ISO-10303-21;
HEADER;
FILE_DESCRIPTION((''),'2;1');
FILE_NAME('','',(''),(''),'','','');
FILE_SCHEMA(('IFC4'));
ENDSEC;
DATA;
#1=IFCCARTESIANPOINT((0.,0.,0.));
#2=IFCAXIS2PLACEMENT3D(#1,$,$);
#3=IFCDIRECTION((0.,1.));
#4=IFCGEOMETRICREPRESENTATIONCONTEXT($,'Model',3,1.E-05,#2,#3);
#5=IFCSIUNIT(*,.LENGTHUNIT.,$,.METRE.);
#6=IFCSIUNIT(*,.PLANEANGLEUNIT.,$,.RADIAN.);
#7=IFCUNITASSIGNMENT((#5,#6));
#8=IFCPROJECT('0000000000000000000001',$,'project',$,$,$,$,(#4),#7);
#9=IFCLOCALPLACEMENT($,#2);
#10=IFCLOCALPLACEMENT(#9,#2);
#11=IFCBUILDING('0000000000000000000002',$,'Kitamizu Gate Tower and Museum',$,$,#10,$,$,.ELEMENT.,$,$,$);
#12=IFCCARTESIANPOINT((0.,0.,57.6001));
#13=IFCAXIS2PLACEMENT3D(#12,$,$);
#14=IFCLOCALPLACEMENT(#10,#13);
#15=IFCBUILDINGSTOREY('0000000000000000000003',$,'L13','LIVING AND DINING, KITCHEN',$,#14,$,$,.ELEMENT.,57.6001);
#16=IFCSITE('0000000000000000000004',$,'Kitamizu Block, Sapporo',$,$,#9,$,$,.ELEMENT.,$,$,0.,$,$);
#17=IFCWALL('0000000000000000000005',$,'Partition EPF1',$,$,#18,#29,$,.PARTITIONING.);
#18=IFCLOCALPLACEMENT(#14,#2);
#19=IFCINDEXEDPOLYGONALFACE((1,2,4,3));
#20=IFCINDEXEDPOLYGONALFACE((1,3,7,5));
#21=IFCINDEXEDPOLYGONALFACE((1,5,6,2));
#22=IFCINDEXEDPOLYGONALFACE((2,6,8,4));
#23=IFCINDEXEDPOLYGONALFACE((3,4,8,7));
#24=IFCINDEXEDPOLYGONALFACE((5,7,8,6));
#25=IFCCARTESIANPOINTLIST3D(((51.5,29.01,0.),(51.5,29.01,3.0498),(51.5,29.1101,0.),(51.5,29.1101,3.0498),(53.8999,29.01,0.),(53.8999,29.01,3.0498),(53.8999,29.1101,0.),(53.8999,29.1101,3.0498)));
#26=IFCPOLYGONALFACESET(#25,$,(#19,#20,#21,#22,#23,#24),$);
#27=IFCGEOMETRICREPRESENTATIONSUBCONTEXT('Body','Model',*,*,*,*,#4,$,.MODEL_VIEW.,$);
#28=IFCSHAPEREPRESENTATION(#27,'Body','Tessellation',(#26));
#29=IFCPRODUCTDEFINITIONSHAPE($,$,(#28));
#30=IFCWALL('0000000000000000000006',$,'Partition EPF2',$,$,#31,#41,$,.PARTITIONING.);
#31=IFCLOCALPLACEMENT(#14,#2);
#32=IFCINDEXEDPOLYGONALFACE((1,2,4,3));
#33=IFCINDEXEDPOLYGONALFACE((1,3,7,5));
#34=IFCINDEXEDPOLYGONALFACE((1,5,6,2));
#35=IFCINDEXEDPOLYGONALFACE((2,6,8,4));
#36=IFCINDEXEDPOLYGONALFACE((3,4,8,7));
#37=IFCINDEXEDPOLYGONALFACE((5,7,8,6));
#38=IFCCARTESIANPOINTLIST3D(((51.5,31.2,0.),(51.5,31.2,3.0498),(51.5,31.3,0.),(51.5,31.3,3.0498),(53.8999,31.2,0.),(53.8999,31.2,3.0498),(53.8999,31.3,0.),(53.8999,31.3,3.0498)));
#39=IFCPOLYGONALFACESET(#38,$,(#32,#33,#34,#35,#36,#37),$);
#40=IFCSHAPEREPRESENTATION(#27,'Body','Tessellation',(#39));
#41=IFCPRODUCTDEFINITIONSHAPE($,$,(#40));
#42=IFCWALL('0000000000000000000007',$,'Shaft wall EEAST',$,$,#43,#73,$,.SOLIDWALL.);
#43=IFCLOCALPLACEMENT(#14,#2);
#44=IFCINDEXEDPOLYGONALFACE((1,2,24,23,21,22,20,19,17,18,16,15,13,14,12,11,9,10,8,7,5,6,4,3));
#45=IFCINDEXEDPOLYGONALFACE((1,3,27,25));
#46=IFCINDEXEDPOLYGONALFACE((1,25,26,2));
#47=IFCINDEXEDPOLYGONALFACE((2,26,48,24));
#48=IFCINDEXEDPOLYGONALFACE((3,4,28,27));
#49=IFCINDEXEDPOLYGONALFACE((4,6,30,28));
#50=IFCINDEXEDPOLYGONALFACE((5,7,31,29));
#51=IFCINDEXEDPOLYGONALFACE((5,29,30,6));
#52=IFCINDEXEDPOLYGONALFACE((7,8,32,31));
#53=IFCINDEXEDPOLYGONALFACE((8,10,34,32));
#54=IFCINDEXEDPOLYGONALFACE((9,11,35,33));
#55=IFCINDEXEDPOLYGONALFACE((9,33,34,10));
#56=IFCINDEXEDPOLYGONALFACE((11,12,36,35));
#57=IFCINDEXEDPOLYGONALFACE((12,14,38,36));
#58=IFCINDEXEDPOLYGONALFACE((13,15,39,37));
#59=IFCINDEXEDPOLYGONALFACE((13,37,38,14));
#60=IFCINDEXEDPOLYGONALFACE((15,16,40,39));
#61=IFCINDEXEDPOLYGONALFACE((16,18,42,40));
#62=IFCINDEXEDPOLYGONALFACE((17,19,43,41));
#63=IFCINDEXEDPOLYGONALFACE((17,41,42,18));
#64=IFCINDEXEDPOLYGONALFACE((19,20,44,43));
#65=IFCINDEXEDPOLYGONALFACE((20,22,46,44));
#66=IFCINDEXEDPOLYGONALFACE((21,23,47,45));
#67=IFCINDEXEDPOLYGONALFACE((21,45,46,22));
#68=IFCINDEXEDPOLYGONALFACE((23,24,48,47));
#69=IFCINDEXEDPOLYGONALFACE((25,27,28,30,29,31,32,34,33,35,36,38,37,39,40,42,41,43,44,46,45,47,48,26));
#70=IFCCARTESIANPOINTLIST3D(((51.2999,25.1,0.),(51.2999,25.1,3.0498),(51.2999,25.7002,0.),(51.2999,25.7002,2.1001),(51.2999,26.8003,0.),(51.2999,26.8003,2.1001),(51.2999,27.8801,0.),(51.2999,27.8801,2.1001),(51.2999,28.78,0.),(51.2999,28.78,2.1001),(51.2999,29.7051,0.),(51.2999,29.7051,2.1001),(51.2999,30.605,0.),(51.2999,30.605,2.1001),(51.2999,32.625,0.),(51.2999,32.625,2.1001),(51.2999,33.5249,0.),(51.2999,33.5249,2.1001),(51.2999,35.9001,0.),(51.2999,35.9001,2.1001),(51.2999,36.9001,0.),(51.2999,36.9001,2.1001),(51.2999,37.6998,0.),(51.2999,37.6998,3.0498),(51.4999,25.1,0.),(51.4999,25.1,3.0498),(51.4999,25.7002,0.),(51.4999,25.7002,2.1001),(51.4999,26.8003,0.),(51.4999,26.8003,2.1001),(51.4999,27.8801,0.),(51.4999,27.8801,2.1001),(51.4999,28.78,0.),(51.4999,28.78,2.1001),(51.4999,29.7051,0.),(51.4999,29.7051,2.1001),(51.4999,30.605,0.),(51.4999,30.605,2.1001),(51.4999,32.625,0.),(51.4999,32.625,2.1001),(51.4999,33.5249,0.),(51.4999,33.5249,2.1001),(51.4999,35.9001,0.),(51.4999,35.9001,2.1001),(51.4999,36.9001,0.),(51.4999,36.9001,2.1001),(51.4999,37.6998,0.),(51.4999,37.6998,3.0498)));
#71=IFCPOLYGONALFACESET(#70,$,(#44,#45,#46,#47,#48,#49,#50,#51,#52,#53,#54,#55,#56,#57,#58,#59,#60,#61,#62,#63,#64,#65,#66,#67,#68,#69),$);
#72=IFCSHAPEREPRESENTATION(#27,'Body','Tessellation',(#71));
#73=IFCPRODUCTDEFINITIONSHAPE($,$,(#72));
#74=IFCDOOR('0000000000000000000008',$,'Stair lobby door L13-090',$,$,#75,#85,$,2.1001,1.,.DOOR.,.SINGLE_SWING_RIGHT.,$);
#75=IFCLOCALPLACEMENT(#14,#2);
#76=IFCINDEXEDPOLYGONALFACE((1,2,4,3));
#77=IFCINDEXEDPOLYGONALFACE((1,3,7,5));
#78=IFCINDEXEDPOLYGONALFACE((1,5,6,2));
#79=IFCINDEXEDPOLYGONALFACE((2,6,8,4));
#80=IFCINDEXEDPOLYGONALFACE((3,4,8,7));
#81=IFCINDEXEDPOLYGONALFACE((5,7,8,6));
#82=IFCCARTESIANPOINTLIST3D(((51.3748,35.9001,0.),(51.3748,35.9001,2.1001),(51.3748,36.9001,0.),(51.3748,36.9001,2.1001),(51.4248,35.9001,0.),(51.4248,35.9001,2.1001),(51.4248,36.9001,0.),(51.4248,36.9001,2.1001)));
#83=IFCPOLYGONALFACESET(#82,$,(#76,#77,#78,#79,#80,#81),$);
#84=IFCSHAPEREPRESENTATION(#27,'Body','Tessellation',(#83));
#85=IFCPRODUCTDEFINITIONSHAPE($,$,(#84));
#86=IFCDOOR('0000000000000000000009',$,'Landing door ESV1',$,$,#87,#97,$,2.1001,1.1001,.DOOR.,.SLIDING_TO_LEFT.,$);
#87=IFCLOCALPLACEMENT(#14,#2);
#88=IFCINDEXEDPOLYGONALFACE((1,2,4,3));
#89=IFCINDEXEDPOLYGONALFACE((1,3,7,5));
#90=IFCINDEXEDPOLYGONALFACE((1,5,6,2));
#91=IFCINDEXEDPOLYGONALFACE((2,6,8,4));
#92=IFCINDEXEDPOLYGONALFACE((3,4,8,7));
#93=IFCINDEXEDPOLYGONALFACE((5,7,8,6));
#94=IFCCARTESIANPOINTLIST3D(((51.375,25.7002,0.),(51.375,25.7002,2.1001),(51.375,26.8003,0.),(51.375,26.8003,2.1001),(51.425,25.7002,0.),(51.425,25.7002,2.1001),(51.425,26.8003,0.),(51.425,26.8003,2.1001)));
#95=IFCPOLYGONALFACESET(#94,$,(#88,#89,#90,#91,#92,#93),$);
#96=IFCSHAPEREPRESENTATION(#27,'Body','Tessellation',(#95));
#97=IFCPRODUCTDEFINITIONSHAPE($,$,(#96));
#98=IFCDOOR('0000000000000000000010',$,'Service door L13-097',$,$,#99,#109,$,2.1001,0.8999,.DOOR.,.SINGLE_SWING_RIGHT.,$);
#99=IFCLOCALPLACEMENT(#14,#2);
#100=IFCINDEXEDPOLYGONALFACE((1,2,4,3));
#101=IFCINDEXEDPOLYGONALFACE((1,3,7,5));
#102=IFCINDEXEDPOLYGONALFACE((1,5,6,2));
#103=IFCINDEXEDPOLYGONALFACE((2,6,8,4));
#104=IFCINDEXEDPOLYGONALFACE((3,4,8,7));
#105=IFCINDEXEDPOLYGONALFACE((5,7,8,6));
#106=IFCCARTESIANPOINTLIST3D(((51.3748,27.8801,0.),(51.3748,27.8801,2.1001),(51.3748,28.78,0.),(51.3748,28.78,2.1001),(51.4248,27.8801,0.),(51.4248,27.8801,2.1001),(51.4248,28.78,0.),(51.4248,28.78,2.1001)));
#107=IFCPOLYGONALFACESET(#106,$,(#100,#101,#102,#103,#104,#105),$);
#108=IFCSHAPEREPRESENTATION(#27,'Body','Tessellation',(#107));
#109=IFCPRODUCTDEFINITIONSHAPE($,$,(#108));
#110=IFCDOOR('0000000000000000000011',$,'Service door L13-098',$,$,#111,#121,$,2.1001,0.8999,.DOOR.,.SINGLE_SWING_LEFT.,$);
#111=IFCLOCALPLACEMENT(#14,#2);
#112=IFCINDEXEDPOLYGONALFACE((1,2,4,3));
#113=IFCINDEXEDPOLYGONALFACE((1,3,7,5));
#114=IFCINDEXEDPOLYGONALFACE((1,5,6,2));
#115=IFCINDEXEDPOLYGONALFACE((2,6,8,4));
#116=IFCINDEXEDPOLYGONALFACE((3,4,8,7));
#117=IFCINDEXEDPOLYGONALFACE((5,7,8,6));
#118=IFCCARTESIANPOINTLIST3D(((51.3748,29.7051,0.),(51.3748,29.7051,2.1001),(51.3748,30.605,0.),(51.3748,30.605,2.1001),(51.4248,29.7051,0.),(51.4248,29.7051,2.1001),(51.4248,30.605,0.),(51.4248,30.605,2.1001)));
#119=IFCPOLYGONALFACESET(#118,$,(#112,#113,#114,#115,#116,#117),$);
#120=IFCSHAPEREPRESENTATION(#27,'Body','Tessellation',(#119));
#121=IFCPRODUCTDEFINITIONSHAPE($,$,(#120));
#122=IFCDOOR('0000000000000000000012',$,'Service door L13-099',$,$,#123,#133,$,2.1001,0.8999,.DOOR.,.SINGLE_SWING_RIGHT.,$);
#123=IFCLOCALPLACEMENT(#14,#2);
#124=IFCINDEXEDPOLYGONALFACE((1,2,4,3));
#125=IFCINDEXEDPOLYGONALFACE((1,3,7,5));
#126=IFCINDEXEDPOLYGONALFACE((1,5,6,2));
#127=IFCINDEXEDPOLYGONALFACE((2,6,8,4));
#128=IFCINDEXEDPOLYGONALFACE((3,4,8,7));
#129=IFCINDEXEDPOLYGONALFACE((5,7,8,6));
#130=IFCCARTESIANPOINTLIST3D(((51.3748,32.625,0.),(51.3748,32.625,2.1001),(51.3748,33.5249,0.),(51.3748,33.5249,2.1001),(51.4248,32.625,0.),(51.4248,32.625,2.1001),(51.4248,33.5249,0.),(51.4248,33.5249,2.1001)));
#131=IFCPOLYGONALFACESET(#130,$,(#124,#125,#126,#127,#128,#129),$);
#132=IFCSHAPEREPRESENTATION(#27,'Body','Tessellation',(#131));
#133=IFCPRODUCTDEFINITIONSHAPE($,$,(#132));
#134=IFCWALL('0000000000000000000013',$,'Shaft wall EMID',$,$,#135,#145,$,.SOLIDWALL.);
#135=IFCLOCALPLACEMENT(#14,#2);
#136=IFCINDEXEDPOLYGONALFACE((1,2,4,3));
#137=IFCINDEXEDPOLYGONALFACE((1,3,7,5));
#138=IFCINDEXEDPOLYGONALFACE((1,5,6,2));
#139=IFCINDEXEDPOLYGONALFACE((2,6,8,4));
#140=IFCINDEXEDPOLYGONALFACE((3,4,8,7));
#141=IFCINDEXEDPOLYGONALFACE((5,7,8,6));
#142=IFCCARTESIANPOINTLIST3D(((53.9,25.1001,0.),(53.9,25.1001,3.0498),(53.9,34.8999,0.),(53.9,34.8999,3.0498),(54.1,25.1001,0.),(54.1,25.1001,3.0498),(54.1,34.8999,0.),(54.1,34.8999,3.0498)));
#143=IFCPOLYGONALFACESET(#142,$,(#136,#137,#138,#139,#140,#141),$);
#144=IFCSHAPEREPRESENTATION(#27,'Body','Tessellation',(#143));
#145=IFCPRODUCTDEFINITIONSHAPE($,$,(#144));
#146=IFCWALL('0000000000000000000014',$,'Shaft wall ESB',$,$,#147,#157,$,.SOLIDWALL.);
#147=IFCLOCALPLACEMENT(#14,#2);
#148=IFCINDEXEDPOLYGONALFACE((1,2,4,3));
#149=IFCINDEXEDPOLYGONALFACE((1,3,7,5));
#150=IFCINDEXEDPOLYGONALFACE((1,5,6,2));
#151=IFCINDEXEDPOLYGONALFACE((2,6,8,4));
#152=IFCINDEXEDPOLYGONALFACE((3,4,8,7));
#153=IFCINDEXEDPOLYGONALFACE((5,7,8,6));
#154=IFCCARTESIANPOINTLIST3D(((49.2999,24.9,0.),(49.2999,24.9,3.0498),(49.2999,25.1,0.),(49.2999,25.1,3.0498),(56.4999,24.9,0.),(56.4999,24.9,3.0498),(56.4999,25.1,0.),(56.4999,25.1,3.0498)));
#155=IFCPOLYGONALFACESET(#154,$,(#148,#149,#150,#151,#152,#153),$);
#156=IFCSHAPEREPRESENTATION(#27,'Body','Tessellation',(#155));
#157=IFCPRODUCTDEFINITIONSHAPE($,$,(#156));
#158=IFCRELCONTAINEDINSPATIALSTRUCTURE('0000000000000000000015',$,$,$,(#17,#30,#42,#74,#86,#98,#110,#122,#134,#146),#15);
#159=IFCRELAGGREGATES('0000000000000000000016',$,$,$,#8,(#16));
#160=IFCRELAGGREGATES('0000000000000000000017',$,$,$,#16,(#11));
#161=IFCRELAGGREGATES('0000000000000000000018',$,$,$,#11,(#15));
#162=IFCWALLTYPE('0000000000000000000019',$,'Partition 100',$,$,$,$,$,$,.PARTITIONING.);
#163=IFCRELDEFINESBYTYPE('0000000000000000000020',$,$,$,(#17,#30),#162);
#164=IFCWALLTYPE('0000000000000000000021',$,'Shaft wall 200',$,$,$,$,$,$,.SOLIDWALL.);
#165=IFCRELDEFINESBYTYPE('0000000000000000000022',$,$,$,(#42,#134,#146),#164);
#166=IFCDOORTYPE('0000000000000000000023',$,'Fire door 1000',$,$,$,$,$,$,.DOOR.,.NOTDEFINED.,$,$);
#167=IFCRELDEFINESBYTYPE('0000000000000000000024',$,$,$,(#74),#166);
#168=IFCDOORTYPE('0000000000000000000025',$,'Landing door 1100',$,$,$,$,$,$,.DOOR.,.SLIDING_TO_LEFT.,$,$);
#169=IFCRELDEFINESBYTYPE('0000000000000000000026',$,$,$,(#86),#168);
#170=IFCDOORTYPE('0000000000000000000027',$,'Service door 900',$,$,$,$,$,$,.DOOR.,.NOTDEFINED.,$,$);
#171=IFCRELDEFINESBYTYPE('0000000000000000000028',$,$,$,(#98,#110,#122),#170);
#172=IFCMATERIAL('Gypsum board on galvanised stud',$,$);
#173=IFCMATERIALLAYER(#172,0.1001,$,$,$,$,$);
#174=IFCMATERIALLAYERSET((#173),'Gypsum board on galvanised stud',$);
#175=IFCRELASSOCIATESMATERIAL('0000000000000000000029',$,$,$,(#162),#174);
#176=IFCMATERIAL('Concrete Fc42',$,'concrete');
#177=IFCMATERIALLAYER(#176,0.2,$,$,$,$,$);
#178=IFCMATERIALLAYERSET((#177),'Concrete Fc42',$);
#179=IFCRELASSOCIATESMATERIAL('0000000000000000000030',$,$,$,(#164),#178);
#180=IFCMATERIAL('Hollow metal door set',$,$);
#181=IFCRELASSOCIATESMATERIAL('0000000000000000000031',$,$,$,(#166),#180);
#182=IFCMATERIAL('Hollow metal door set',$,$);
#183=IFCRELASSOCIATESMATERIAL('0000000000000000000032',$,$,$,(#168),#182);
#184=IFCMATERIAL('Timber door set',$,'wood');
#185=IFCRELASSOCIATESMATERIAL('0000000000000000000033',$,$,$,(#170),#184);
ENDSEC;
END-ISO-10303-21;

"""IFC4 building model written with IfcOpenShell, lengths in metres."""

from ifc_helpers import new_model, si_unit, direction, frame, frame_2d, origin, place, context, subcontext, project, spatial, rectangle, extrude, material, layer, layer_set, type_object, element, fill, save


model = new_model("IFC4")

# Units and contexts
model_context = context("Model", 3, precision=1e-05, world=origin(), true_north=direction((0.0, 1.0)))
body_context = subcontext(model_context, "Body", "Model", "MODEL_VIEW")
ifc_project = project(units=[si_unit("LENGTHUNIT", "METRE"), si_unit("PLANEANGLEUNIT", "RADIAN")], contexts=[model_context])

# Site, building, storey
site_placement = place(None, origin())
site = spatial("IfcSite", under=ifc_project, at=site_placement, Name="Kitamizu Block, Sapporo", CompositionType="ELEMENT", RefElevation=0.0)
building_placement = place(site_placement, origin())
building = spatial("IfcBuilding", under=site, at=building_placement, Name="Kitamizu Gate Tower and Museum", CompositionType="ELEMENT")
storey_placement = place(building_placement, frame((0.0, 0.0, 57.6001)))
storey = spatial("IfcBuildingStorey", under=building, at=storey_placement, Name="L13", Description="LIVING AND DINING, KITCHEN", CompositionType="ELEMENT", Elevation=57.6001)

# Walls
ifc_material_1 = material(Name="Gypsum board on galvanised stud")
ifc_layer_1 = layer(ifc_material_1, 0.1001)
ifc_layer_set_1 = layer_set([ifc_layer_1], Name="Gypsum board on galvanised stud")
wall_type_1 = type_object("IfcWallType", Name="Partition 100", PredefinedType="PARTITIONING", material=ifc_layer_set_1)
for number, where, z_axis, x_axis, name in (
    (1, (53.8999, 29.0601, 0.0), (0.0, 0.0, 1.0), (-1.0, 0.0, 0.0), "Partition EPF1"),
    (2, (53.8999, 31.25, 0.0), (0.0, 0.0, 1.0), (-1.0, 0.0, 0.0), "Partition EPF2"),
):
    element("IfcWall", number, at=place(storey_placement, frame(where, z_axis=z_axis, x_axis=x_axis)), inside=storey, type_object=wall_type_1, Name=name, PredefinedType="PARTITIONING", context=body_context, shape_type="SweptSolid", body=[
        extrude(rectangle(XDim=2.3999, YDim=0.1001, at=frame_2d((1.2, 0.0))), origin(), (0.0, 0.0, 1.0), 3.0498),
    ])

# Wall, openings, doors
ifc_material_2 = material(Name="Concrete Fc42", Category="concrete")
ifc_layer_2 = layer(ifc_material_2, 0.2)
ifc_layer_set_2 = layer_set([ifc_layer_2], Name="Concrete Fc42")
wall_type_2 = type_object("IfcWallType", Name="Shaft wall 200", PredefinedType="SOLIDWALL", material=ifc_layer_set_2)
wall_1_placement = place(storey_placement, frame((51.3999, 25.1001, 0.0), z_axis=(0.0, 0.0, 1.0), x_axis=(0.0, 1.0, 0.0)))
wall_1 = element("IfcWall", 3, at=wall_1_placement, inside=storey, type_object=wall_type_2, Name="Shaft wall EEAST", PredefinedType="SOLIDWALL", context=body_context, shape_type="SweptSolid", body=[
    extrude(rectangle(XDim=12.5999, YDim=0.2, at=frame_2d((6.2998, 0.0))), origin(), (0.0, 0.0, 1.0), 3.0498),
])
opening_1_placement = place(wall_1_placement, frame((0.6001, 0.0, 0.0)))
opening_1 = element("IfcOpeningElement", 4, at=opening_1_placement, cuts=wall_1, PredefinedType="OPENING", context=body_context, shape_type="SweptSolid", body=[
    extrude(rectangle(XDim=1.1001, YDim=2.1001, at=frame_2d((0.55, 1.05))), frame((0.0, 0.1099, 0.0), z_axis=(0.0, -1.0, 0.0), x_axis=(1.0, 0.0, 0.0)), (0.0, 0.0, 1.0), 0.22),
])
opening_2_placement = place(wall_1_placement, frame((10.8, 0.0, 0.0)))
opening_2 = element("IfcOpeningElement", 5, at=opening_2_placement, cuts=wall_1, PredefinedType="OPENING", context=body_context, shape_type="SweptSolid", body=[
    extrude(rectangle(XDim=1.0, YDim=2.1001, at=frame_2d((0.5, 1.05))), frame((0.0, 0.1099, 0.0), z_axis=(0.0, -1.0, 0.0), x_axis=(1.0, 0.0, 0.0)), (0.0, 0.0, 1.0), 0.22),
])
opening_3_placement = place(wall_1_placement, frame((2.78, 0.0, 0.0)))
opening_3 = element("IfcOpeningElement", 6, at=opening_3_placement, cuts=wall_1, PredefinedType="OPENING", context=body_context, shape_type="SweptSolid", body=[
    extrude(rectangle(XDim=0.8999, YDim=2.1001, at=frame_2d((0.45, 1.05))), frame((0.0, 0.1099, 0.0), z_axis=(0.0, -1.0, 0.0), x_axis=(1.0, 0.0, 0.0)), (0.0, 0.0, 1.0), 0.22),
])
opening_4_placement = place(wall_1_placement, frame((4.605, 0.0, 0.0)))
opening_4 = element("IfcOpeningElement", 7, at=opening_4_placement, cuts=wall_1, PredefinedType="OPENING", context=body_context, shape_type="SweptSolid", body=[
    extrude(rectangle(XDim=0.8999, YDim=2.1001, at=frame_2d((0.45, 1.05))), frame((0.0, 0.1099, 0.0), z_axis=(0.0, -1.0, 0.0), x_axis=(1.0, 0.0, 0.0)), (0.0, 0.0, 1.0), 0.22),
])
opening_5_placement = place(wall_1_placement, frame((7.5249, 0.0, 0.0)))
opening_5 = element("IfcOpeningElement", 8, at=opening_5_placement, cuts=wall_1, PredefinedType="OPENING", context=body_context, shape_type="SweptSolid", body=[
    extrude(rectangle(XDim=0.8999, YDim=2.1001, at=frame_2d((0.45, 1.05))), frame((0.0, 0.1099, 0.0), z_axis=(0.0, -1.0, 0.0), x_axis=(1.0, 0.0, 0.0)), (0.0, 0.0, 1.0), 0.22),
])
ifc_material_3 = material(Name="Hollow metal door set")
door_type_1 = type_object("IfcDoorType", Name="Fire door 1000", OperationType="NOTDEFINED", PredefinedType="DOOR", material=ifc_material_3)
door_1_placement = place(opening_2_placement, frame((1.0, 0.0, 0.0), x_axis=(-1.0, 0.0, 0.0)))
door_1 = element("IfcDoor", 9, at=door_1_placement, inside=storey, type_object=door_type_1, Name="Stair lobby door L13-090", OperationType="SINGLE_SWING_RIGHT", OverallHeight=2.1001, OverallWidth=1.0, PredefinedType="DOOR", context=body_context, shape_type="SweptSolid", body=[
    extrude(rectangle(XDim=1.0, YDim=2.1001, at=frame_2d((0.5, 1.05))), frame((0.0, 0.0249, 0.0), z_axis=(0.0, -1.0, 0.0), x_axis=(1.0, 0.0, 0.0)), (0.0, 0.0, 1.0), 0.05),
])
fill(opening_2, door_1)
ifc_material_4 = material(Name="Hollow metal door set")
door_type_2 = type_object("IfcDoorType", Name="Landing door 1100", OperationType="SLIDING_TO_LEFT", PredefinedType="DOOR", material=ifc_material_4)
door_2_placement = place(opening_1_placement, origin())
door_2 = element("IfcDoor", 10, at=door_2_placement, inside=storey, type_object=door_type_2, Name="Landing door ESV1", OperationType="SLIDING_TO_LEFT", OverallHeight=2.1001, OverallWidth=1.1001, PredefinedType="DOOR", context=body_context, shape_type="SweptSolid", body=[
    extrude(rectangle(XDim=1.1001, YDim=2.1001, at=frame_2d((0.55, 1.05))), frame((0.0, 0.0249, 0.0), z_axis=(0.0, -1.0, 0.0), x_axis=(1.0, 0.0, 0.0)), (0.0, 0.0, 1.0), 0.05),
])
fill(opening_1, door_2)
ifc_material_5 = material(Name="Timber door set", Category="wood")
door_type_3 = type_object("IfcDoorType", Name="Service door 900", OperationType="NOTDEFINED", PredefinedType="DOOR", material=ifc_material_5)
door_3_placement = place(opening_3_placement, frame((0.8999, 0.0, 0.0), x_axis=(-1.0, 0.0, 0.0)))
door_3 = element("IfcDoor", 11, at=door_3_placement, inside=storey, type_object=door_type_3, Name="Service door L13-097", OperationType="SINGLE_SWING_RIGHT", OverallHeight=2.1001, OverallWidth=0.8999, PredefinedType="DOOR", context=body_context, shape_type="SweptSolid", body=[
    extrude(rectangle(XDim=0.8999, YDim=2.1001, at=frame_2d((0.45, 1.05))), frame((0.0, 0.0249, 0.0), z_axis=(0.0, -1.0, 0.0), x_axis=(1.0, 0.0, 0.0)), (0.0, 0.0, 1.0), 0.05),
])
fill(opening_3, door_3)
door_4_placement = place(opening_4_placement, frame((0.8999, 0.0, 0.0), x_axis=(-1.0, 0.0, 0.0)))
door_4 = element("IfcDoor", 12, at=door_4_placement, inside=storey, type_object=door_type_3, Name="Service door L13-098", OperationType="SINGLE_SWING_LEFT", OverallHeight=2.1001, OverallWidth=0.8999, PredefinedType="DOOR", context=body_context, shape_type="SweptSolid", body=[
    extrude(rectangle(XDim=0.8999, YDim=2.1001, at=frame_2d((0.45, 1.05))), frame((0.0, 0.0249, 0.0), z_axis=(0.0, -1.0, 0.0), x_axis=(1.0, 0.0, 0.0)), (0.0, 0.0, 1.0), 0.05),
])
fill(opening_4, door_4)
door_5_placement = place(opening_5_placement, frame((0.8999, 0.0, 0.0), x_axis=(-1.0, 0.0, 0.0)))
door_5 = element("IfcDoor", 13, at=door_5_placement, inside=storey, type_object=door_type_3, Name="Service door L13-099", OperationType="SINGLE_SWING_RIGHT", OverallHeight=2.1001, OverallWidth=0.8999, PredefinedType="DOOR", context=body_context, shape_type="SweptSolid", body=[
    extrude(rectangle(XDim=0.8999, YDim=2.1001, at=frame_2d((0.45, 1.05))), frame((0.0, 0.0249, 0.0), z_axis=(0.0, -1.0, 0.0), x_axis=(1.0, 0.0, 0.0)), (0.0, 0.0, 1.0), 0.05),
])
fill(opening_5, door_5)

# Walls
wall_2_placement = place(storey_placement, frame((54.0, 25.1001, 0.0), z_axis=(0.0, 0.0, 1.0), x_axis=(0.0, 1.0, 0.0)))
element("IfcWall", 14, at=wall_2_placement, inside=storey, type_object=wall_type_2, Name="Shaft wall EMID", PredefinedType="SOLIDWALL", context=body_context, shape_type="SweptSolid", body=[
    extrude(rectangle(XDim=9.7998, YDim=0.2, at=frame_2d((4.8999, 0.0))), origin(), (0.0, 0.0, 1.0), 3.0498),
])
wall_3_placement = place(storey_placement, frame((56.5, 25.0, 0.0), z_axis=(0.0, 0.0, 1.0), x_axis=(-1.0, 0.0, 0.0)))
element("IfcWall", 15, at=wall_3_placement, inside=storey, type_object=wall_type_2, Name="Shaft wall ESB", PredefinedType="SOLIDWALL", context=body_context, shape_type="SweptSolid", body=[
    extrude(rectangle(XDim=7.2, YDim=0.2, at=frame_2d((3.6001, 0.0))), origin(), (0.0, 0.0, 1.0), 3.0498),
])

save(model, "model.ifc")
